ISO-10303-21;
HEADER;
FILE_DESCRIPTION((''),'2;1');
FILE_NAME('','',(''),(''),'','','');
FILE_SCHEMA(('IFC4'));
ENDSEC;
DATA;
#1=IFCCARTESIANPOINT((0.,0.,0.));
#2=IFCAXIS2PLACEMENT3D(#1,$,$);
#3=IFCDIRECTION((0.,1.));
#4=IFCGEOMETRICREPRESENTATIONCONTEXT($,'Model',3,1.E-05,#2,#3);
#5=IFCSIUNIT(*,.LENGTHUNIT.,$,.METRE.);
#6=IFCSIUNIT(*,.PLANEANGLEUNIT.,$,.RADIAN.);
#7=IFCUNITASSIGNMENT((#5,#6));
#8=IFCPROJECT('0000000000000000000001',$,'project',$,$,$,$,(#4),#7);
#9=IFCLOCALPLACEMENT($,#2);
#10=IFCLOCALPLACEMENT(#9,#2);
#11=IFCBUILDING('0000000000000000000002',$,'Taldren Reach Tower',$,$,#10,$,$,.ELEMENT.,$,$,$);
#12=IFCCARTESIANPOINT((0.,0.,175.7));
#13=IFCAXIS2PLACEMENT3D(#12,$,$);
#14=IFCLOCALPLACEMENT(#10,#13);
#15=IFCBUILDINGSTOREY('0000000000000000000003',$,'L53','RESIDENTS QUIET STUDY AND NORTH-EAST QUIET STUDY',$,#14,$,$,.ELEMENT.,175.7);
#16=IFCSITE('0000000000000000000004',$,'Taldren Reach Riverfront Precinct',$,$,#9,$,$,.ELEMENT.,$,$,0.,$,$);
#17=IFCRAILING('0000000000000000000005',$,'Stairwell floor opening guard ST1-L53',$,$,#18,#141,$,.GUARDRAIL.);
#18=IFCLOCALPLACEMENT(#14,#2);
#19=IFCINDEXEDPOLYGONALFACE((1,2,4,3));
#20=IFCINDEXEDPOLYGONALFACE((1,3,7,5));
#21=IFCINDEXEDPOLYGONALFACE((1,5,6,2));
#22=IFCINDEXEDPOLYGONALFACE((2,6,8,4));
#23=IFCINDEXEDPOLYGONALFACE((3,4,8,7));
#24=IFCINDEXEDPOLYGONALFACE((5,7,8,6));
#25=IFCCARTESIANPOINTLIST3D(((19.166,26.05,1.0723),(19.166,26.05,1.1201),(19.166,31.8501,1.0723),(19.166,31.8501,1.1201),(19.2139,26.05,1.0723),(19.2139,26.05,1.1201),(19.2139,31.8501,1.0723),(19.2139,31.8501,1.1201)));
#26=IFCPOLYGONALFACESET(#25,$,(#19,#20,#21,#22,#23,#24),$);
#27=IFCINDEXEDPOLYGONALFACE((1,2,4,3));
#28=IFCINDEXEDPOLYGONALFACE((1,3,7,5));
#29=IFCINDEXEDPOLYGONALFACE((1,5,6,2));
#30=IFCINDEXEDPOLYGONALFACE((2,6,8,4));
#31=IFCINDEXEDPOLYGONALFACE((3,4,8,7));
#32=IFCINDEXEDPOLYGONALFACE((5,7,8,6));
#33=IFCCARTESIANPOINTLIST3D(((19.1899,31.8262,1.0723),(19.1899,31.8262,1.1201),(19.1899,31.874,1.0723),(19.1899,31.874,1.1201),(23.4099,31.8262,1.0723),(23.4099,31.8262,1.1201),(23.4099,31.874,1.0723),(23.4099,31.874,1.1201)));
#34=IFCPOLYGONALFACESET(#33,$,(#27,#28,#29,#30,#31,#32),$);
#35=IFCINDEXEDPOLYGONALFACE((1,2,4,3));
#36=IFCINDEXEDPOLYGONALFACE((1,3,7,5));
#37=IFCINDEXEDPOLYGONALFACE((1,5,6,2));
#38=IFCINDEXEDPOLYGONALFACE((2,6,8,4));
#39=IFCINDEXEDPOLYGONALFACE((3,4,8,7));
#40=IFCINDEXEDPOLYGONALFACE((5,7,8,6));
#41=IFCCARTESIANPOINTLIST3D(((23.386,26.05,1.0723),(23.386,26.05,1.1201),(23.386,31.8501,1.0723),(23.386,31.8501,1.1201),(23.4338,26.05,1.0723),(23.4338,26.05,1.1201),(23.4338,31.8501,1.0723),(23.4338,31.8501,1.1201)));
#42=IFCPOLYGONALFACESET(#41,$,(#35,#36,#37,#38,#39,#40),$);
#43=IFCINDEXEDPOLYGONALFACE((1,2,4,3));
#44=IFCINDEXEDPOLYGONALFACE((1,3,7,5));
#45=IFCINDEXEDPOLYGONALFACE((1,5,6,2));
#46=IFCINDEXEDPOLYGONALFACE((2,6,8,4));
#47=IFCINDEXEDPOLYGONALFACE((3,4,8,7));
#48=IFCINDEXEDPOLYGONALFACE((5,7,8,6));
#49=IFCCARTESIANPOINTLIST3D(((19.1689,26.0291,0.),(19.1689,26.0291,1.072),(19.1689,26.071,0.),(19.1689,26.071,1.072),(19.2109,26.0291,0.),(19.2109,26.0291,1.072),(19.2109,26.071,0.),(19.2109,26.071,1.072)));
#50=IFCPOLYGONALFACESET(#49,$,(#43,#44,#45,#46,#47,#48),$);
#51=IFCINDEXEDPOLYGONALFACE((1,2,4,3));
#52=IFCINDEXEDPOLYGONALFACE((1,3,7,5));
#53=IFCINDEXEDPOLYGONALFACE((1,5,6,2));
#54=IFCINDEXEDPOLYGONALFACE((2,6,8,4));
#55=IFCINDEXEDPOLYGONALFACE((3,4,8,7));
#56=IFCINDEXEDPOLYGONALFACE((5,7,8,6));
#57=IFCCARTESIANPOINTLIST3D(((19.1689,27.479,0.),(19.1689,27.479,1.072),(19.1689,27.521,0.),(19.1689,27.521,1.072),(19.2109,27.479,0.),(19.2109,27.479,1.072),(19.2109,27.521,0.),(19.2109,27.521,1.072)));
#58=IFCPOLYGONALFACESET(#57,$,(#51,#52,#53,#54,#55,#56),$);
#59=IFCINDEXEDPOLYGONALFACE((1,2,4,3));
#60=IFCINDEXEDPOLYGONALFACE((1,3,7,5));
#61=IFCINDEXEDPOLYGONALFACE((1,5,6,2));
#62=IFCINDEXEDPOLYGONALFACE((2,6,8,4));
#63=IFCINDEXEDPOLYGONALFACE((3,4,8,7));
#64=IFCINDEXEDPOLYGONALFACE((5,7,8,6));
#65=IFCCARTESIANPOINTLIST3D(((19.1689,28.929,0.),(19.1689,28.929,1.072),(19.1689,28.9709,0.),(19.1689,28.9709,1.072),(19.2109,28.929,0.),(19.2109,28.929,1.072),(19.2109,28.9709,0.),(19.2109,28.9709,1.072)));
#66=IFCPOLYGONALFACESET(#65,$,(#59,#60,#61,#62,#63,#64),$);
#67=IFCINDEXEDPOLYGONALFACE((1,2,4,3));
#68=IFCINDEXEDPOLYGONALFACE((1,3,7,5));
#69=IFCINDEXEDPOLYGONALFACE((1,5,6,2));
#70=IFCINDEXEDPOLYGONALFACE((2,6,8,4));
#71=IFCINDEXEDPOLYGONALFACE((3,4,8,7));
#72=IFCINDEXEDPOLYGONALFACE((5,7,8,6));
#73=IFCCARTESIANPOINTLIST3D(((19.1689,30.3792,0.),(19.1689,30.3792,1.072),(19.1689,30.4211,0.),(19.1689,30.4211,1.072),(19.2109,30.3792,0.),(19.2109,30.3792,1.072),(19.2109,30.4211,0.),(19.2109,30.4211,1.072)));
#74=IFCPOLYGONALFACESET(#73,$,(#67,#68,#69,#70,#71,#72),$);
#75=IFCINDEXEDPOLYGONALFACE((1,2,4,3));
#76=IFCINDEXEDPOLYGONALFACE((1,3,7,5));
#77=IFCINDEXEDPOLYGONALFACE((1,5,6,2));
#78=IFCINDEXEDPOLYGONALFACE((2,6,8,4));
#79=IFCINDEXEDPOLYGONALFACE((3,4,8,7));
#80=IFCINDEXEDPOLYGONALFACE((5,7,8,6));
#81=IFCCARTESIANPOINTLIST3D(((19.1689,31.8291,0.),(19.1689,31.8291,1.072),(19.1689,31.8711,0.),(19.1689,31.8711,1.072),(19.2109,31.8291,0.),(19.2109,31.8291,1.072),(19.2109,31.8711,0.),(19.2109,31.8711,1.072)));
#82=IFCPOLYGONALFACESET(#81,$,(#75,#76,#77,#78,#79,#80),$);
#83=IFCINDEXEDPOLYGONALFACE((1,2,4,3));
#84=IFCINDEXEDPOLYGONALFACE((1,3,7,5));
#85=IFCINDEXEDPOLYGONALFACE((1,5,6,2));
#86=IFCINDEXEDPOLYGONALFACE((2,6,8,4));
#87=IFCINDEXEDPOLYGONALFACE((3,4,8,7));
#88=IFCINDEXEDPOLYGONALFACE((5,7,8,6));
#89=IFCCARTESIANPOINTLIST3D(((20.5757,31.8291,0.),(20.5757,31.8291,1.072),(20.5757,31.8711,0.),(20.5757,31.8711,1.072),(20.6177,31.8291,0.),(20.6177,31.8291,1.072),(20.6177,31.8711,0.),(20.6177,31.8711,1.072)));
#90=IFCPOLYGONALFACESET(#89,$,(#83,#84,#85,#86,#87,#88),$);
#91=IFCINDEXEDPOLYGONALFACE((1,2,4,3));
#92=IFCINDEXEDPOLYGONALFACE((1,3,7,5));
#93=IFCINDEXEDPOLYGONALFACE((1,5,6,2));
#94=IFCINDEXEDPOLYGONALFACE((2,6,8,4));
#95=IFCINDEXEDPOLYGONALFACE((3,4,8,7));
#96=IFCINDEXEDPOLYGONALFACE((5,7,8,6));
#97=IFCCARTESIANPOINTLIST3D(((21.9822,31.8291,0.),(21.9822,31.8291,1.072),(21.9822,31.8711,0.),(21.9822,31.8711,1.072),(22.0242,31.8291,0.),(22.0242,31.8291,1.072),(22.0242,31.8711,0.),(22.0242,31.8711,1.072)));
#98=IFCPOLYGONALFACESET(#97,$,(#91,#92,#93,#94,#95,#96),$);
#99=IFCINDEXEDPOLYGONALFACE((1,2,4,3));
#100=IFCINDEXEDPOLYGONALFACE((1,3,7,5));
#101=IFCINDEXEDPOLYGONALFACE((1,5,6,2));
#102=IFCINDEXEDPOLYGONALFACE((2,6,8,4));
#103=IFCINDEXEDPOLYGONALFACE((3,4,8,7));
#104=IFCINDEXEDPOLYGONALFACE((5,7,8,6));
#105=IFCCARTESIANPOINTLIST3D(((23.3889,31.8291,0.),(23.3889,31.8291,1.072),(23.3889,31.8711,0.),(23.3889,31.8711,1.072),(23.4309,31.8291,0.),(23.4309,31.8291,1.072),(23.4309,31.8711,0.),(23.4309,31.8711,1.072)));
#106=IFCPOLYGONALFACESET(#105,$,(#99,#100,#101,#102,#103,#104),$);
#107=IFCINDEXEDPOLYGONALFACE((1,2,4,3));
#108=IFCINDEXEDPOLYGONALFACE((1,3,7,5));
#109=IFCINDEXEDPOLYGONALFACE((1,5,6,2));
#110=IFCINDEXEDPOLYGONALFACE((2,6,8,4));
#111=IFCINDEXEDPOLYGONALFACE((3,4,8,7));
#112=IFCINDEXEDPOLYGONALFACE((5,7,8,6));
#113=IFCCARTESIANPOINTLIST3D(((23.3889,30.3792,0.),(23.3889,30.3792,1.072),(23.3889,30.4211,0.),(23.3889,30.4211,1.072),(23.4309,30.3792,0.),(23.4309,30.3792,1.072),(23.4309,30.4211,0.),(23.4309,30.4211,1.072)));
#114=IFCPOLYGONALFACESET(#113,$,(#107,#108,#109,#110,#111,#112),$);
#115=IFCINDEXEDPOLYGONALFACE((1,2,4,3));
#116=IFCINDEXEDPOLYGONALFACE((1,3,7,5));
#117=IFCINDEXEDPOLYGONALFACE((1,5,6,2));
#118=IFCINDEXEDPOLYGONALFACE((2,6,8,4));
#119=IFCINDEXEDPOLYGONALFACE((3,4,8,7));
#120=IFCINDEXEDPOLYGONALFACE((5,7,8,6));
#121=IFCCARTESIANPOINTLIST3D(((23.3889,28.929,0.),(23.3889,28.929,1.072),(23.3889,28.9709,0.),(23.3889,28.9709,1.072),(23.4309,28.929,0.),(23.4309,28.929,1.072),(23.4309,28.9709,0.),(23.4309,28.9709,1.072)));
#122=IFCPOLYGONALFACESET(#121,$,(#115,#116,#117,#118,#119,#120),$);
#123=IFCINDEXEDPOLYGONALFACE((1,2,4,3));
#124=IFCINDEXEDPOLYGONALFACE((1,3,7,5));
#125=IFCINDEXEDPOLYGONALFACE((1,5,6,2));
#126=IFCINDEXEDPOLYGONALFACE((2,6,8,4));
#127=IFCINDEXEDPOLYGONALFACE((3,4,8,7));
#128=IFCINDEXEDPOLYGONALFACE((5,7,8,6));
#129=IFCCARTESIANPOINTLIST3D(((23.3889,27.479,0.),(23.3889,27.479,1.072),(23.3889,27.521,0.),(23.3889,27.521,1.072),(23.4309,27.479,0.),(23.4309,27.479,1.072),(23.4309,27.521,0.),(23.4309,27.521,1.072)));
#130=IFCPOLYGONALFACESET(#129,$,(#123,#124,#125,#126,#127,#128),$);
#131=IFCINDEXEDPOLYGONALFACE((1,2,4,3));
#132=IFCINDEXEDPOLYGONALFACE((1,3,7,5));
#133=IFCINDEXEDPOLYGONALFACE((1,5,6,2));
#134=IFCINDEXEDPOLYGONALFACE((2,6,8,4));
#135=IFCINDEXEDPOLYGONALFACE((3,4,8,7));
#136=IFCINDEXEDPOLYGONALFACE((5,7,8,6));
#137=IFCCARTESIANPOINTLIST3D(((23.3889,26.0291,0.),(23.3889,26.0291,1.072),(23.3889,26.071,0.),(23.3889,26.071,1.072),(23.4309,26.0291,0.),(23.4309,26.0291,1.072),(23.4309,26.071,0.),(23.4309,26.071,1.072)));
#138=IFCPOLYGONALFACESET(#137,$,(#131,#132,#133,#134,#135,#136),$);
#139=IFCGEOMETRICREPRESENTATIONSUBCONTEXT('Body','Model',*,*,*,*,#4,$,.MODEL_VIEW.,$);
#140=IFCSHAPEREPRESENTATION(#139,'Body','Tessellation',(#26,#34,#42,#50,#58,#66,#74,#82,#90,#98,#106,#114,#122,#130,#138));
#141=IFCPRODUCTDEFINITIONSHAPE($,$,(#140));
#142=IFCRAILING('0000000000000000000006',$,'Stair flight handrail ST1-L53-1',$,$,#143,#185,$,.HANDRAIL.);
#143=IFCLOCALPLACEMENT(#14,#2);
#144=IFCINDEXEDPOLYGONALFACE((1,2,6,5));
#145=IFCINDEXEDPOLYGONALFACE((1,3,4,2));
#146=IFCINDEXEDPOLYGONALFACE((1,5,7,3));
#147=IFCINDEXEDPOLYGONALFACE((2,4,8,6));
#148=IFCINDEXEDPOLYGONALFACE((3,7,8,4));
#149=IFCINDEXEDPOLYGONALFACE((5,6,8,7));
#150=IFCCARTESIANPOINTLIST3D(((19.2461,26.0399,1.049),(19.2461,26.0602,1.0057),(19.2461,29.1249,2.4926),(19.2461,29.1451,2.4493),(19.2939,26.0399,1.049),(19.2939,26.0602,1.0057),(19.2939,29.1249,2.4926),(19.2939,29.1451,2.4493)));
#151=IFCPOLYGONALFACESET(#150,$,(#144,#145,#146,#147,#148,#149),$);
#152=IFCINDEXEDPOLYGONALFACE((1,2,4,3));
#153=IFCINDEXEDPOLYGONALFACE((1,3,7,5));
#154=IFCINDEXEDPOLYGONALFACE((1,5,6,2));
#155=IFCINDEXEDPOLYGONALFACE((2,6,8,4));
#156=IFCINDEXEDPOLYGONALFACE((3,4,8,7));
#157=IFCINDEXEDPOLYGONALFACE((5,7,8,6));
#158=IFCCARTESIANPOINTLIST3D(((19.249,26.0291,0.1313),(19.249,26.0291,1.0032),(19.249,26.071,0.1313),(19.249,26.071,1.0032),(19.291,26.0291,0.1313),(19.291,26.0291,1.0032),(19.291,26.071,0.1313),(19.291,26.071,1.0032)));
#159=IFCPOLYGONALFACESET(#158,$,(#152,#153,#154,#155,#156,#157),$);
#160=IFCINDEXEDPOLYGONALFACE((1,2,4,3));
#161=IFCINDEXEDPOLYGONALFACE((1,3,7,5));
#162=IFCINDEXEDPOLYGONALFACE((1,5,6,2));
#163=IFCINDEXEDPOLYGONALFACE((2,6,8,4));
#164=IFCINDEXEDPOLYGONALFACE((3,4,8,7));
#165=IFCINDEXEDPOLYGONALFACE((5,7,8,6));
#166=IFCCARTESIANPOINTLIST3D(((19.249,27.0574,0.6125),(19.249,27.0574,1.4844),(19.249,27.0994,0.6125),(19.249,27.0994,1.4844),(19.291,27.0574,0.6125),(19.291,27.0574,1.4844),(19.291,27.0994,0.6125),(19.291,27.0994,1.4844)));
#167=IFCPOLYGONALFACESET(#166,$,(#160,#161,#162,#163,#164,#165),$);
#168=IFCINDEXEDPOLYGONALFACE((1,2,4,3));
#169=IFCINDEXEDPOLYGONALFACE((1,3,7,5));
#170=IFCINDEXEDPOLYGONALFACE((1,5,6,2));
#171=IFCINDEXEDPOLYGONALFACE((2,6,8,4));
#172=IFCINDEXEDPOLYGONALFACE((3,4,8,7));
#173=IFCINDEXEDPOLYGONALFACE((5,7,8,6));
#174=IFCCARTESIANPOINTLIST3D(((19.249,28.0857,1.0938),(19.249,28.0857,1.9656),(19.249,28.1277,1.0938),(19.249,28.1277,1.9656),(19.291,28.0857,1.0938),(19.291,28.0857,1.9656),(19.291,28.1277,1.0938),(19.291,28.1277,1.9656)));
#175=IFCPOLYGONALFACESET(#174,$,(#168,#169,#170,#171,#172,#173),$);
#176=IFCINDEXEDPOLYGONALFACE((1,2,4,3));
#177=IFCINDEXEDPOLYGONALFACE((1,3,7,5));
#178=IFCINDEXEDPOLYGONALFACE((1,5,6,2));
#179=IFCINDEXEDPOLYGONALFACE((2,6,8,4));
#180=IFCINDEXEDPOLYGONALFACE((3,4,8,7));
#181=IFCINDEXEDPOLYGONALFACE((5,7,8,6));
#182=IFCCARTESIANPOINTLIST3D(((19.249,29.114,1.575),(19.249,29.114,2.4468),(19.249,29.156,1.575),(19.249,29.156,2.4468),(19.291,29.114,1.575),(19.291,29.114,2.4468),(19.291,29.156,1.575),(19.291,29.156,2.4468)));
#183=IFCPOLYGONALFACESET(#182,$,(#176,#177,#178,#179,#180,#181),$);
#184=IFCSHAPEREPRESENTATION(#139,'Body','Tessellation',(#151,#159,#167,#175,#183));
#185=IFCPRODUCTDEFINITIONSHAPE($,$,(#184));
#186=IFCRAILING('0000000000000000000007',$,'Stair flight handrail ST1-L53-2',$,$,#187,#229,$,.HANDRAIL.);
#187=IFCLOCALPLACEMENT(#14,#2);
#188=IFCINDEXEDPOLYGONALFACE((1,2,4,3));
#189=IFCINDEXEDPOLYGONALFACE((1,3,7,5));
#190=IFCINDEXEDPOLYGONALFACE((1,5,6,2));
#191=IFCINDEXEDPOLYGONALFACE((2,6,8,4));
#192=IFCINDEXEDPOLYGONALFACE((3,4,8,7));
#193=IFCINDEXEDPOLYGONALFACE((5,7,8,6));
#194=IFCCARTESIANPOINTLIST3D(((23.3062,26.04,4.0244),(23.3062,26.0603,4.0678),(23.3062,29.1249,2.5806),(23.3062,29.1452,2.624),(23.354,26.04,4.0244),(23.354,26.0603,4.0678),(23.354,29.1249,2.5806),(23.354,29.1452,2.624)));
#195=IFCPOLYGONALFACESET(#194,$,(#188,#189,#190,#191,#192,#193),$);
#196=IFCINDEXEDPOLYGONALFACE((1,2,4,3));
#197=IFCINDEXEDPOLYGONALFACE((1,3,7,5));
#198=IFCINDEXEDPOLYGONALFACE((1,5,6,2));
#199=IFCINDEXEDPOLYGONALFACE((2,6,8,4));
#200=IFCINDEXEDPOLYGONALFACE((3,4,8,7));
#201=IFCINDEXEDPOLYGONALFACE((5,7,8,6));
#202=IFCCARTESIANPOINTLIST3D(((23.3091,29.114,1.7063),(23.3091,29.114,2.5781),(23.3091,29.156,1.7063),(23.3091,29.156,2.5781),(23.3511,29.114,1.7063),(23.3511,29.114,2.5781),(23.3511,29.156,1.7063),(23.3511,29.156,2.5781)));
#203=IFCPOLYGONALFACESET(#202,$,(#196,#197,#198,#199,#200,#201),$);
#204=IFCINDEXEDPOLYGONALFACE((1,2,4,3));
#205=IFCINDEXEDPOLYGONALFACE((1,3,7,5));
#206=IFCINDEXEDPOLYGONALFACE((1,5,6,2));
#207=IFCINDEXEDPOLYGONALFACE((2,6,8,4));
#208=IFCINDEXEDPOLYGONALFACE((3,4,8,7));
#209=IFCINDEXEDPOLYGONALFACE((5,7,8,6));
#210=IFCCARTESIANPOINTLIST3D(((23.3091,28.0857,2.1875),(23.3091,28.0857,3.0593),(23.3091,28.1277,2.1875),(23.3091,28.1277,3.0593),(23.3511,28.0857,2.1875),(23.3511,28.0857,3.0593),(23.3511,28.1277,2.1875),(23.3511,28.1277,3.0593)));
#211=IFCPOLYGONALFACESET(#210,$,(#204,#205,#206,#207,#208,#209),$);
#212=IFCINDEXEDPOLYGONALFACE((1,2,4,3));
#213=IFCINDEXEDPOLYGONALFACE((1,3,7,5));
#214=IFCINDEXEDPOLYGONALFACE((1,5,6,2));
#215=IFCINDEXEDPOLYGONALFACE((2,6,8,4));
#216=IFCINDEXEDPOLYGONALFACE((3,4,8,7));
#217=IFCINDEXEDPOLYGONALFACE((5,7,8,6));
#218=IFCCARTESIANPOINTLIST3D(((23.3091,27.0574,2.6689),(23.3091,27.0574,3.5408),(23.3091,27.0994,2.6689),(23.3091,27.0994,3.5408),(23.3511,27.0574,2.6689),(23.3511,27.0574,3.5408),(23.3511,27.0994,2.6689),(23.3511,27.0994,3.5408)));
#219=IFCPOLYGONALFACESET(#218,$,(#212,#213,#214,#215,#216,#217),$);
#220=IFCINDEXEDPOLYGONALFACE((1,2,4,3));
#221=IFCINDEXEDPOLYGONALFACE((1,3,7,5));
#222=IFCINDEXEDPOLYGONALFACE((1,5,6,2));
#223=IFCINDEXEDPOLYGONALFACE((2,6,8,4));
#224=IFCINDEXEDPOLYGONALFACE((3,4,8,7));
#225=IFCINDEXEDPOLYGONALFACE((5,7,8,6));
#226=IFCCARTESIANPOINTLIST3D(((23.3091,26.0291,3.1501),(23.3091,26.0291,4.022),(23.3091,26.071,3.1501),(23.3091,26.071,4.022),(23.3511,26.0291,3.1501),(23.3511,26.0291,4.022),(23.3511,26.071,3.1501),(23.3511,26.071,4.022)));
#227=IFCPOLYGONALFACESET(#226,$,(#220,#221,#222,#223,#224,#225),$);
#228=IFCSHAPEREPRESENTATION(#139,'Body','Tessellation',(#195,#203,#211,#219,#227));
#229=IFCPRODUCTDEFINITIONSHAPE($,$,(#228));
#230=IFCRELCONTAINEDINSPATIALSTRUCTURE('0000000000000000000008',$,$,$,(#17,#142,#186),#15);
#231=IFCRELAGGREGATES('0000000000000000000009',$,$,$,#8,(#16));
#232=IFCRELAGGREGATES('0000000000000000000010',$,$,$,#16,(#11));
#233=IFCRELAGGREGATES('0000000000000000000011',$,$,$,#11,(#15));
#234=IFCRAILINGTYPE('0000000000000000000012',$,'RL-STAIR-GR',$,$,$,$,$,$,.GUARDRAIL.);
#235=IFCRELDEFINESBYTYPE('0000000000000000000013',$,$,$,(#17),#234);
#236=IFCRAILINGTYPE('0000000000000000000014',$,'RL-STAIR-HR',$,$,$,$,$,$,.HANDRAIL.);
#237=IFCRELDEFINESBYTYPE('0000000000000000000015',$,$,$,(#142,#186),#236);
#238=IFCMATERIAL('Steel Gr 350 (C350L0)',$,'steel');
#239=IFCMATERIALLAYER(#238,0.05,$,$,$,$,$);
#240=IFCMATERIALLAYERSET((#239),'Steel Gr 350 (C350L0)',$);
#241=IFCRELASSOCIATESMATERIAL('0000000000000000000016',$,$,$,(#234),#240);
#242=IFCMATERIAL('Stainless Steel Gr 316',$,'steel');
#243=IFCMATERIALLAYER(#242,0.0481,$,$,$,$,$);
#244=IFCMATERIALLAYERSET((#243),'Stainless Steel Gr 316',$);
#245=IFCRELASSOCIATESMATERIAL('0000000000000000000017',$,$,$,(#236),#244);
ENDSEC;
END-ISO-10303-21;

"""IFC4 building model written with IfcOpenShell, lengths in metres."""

from ifc_helpers import new_model, si_unit, direction, frame, origin, origin_2d, place, context, subcontext, project, spatial, rectangle, extrude, material, layer, layer_set, type_object, element, save


model = new_model("IFC4")

# Units and contexts
model_context = context("Model", 3, precision=1e-05, world=origin(), true_north=direction((0.0, 1.0)))
body_context = subcontext(model_context, "Body", "Model", "MODEL_VIEW")
ifc_project = project(units=[si_unit("LENGTHUNIT", "METRE"), si_unit("PLANEANGLEUNIT", "RADIAN")], contexts=[model_context])

# Site, building, storey
site_placement = place(None, origin())
site = spatial("IfcSite", under=ifc_project, at=site_placement, Name="Taldren Reach Riverfront Precinct", CompositionType="ELEMENT", RefElevation=0.0)
building_placement = place(site_placement, origin())
building = spatial("IfcBuilding", under=site, at=building_placement, Name="Taldren Reach Tower", CompositionType="ELEMENT")
storey_placement = place(building_placement, frame((0.0, 0.0, 175.7)))
storey = spatial("IfcBuildingStorey", under=building, at=storey_placement, Name="L53", Description="RESIDENTS QUIET STUDY AND NORTH-EAST QUIET STUDY", CompositionType="ELEMENT", Elevation=175.7)

# Shared definitions
ifc_material_1 = material(Name="Steel Gr 350 (C350L0)", Category="steel")

# Railings
ifc_layer_1 = layer(ifc_material_1, 0.05)
ifc_layer_set_1 = layer_set([ifc_layer_1], Name="Steel Gr 350 (C350L0)")
railing_type_1 = type_object("IfcRailingType", Name="RL-STAIR-GR", PredefinedType="GUARDRAIL", material=ifc_layer_set_1)
railing_1_placement = place(storey_placement, frame((19.1899, 26.05, 0.0)))
element("IfcRailing", 1, at=railing_1_placement, inside=storey, type_object=railing_type_1, Name="Stairwell floor opening guard ST1-L53", PredefinedType="GUARDRAIL", context=body_context, shape_type="SweptSolid", body=[
    extrude(rectangle(XDim=0.0479, YDim=0.0479, at=origin_2d()), frame((0.0, 0.0, 1.0962), z_axis=(0.0, 1.0, 0.0), x_axis=(-1.0, 0.0, 0.0)), (0.0, 0.0, 1.0), 5.8),
    extrude(rectangle(XDim=0.0479, YDim=0.0479, at=origin_2d()), frame((0.0, 5.8, 1.0962), z_axis=(1.0, 0.0, 0.0), x_axis=(0.0, 1.0, 0.0)), (0.0, 0.0, 1.0), 4.22),
    extrude(rectangle(XDim=0.0479, YDim=0.0479, at=origin_2d()), frame((4.22, 5.8, 1.0962), z_axis=(0.0, -1.0, 0.0), x_axis=(1.0, 0.0, 0.0)), (0.0, 0.0, 1.0), 5.8),
    extrude(rectangle(XDim=0.042, YDim=0.042, at=origin_2d()), origin(), (0.0, 0.0, 1.0), 1.072),
    extrude(rectangle(XDim=0.042, YDim=0.042, at=origin_2d()), frame((0.0, 1.45, 0.0)), (0.0, 0.0, 1.0), 1.072),
    extrude(rectangle(XDim=0.042, YDim=0.042, at=origin_2d()), frame((0.0, 2.8999, 0.0)), (0.0, 0.0, 1.0), 1.072),
    extrude(rectangle(XDim=0.042, YDim=0.042, at=origin_2d()), frame((0.0, 4.3501, 0.0)), (0.0, 0.0, 1.0), 1.072),
    extrude(rectangle(XDim=0.042, YDim=0.042, at=origin_2d()), frame((0.0, 5.8, 0.0)), (0.0, 0.0, 1.0), 1.072),
    extrude(rectangle(XDim=0.042, YDim=0.042, at=origin_2d()), frame((1.4067, 5.8, 0.0)), (0.0, 0.0, 1.0), 1.072),
    extrude(rectangle(XDim=0.042, YDim=0.042, at=origin_2d()), frame((2.8132, 5.8, 0.0)), (0.0, 0.0, 1.0), 1.072),
    extrude(rectangle(XDim=0.042, YDim=0.042, at=origin_2d()), frame((4.22, 5.8, 0.0)), (0.0, 0.0, 1.0), 1.072),
    extrude(rectangle(XDim=0.042, YDim=0.042, at=origin_2d()), frame((4.22, 4.3501, 0.0)), (0.0, 0.0, 1.0), 1.072),
    extrude(rectangle(XDim=0.042, YDim=0.042, at=origin_2d()), frame((4.22, 2.8999, 0.0)), (0.0, 0.0, 1.0), 1.072),
    extrude(rectangle(XDim=0.042, YDim=0.042, at=origin_2d()), frame((4.22, 1.45, 0.0)), (0.0, 0.0, 1.0), 1.072),
    extrude(rectangle(XDim=0.042, YDim=0.042, at=origin_2d()), frame((4.22, 0.0, 0.0)), (0.0, 0.0, 1.0), 1.072),
])
ifc_material_2 = material(Name="Stainless Steel Gr 316", Category="steel")
ifc_layer_2 = layer(ifc_material_2, 0.0481)
ifc_layer_set_2 = layer_set([ifc_layer_2], Name="Stainless Steel Gr 316")
railing_type_2 = type_object("IfcRailingType", Name="RL-STAIR-HR", PredefinedType="HANDRAIL", material=ifc_layer_set_2)
railing_2_placement = place(storey_placement, frame((19.27, 26.05, 0.1313)))
element("IfcRailing", 2, at=railing_2_placement, inside=storey, type_object=railing_type_2, Name="Stair flight handrail ST1-L53-1", PredefinedType="HANDRAIL", context=body_context, shape_type="SweptSolid", body=[
    extrude(rectangle(XDim=0.0479, YDim=0.0479, at=origin_2d()), frame((0.0, 0.0, 0.896), z_axis=(0.0, 0.905738, 0.423839), x_axis=(-1.0, 0.0, 0.0)), (0.0, 0.0, 1.0), 3.406),
    extrude(rectangle(XDim=0.042, YDim=0.042, at=origin_2d()), origin(), (0.0, 0.0, 1.0), 0.8718),
    extrude(rectangle(XDim=0.042, YDim=0.042, at=origin_2d()), frame((0.0, 1.0283, 0.4812)), (0.0, 0.0, 1.0), 0.8718),
    extrude(rectangle(XDim=0.042, YDim=0.042, at=origin_2d()), frame((0.0, 2.0566, 0.9624)), (0.0, 0.0, 1.0), 0.8718),
    extrude(rectangle(XDim=0.042, YDim=0.042, at=origin_2d()), frame((0.0, 3.085, 1.4436)), (0.0, 0.0, 1.0), 0.8718),
])
railing_3_placement = place(storey_placement, frame((23.3301, 29.135, 1.7063)))
element("IfcRailing", 3, at=railing_3_placement, inside=storey, type_object=railing_type_2, Name="Stair flight handrail ST1-L53-2", PredefinedType="HANDRAIL", context=body_context, shape_type="SweptSolid", body=[
    extrude(rectangle(XDim=0.0479, YDim=0.0479, at=origin_2d()), frame((0.0, 0.0, 0.896), z_axis=(0.0, -0.90571, 0.423898), x_axis=(1.0, 0.0, 0.0)), (0.0, 0.0, 1.0), 3.406),
    extrude(rectangle(XDim=0.042, YDim=0.042, at=origin_2d()), origin(), (0.0, 0.0, 1.0), 0.8718),
    extrude(rectangle(XDim=0.042, YDim=0.042, at=origin_2d()), frame((0.0, -1.0283, 0.4812)), (0.0, 0.0, 1.0), 0.8718),
    extrude(rectangle(XDim=0.042, YDim=0.042, at=origin_2d()), frame((0.0, -2.0566, 0.9626)), (0.0, 0.0, 1.0), 0.8718),
    extrude(rectangle(XDim=0.042, YDim=0.042, at=origin_2d()), frame((0.0, -3.085, 1.4438)), (0.0, 0.0, 1.0), 0.8718),
])

save(model, "model.ifc")
